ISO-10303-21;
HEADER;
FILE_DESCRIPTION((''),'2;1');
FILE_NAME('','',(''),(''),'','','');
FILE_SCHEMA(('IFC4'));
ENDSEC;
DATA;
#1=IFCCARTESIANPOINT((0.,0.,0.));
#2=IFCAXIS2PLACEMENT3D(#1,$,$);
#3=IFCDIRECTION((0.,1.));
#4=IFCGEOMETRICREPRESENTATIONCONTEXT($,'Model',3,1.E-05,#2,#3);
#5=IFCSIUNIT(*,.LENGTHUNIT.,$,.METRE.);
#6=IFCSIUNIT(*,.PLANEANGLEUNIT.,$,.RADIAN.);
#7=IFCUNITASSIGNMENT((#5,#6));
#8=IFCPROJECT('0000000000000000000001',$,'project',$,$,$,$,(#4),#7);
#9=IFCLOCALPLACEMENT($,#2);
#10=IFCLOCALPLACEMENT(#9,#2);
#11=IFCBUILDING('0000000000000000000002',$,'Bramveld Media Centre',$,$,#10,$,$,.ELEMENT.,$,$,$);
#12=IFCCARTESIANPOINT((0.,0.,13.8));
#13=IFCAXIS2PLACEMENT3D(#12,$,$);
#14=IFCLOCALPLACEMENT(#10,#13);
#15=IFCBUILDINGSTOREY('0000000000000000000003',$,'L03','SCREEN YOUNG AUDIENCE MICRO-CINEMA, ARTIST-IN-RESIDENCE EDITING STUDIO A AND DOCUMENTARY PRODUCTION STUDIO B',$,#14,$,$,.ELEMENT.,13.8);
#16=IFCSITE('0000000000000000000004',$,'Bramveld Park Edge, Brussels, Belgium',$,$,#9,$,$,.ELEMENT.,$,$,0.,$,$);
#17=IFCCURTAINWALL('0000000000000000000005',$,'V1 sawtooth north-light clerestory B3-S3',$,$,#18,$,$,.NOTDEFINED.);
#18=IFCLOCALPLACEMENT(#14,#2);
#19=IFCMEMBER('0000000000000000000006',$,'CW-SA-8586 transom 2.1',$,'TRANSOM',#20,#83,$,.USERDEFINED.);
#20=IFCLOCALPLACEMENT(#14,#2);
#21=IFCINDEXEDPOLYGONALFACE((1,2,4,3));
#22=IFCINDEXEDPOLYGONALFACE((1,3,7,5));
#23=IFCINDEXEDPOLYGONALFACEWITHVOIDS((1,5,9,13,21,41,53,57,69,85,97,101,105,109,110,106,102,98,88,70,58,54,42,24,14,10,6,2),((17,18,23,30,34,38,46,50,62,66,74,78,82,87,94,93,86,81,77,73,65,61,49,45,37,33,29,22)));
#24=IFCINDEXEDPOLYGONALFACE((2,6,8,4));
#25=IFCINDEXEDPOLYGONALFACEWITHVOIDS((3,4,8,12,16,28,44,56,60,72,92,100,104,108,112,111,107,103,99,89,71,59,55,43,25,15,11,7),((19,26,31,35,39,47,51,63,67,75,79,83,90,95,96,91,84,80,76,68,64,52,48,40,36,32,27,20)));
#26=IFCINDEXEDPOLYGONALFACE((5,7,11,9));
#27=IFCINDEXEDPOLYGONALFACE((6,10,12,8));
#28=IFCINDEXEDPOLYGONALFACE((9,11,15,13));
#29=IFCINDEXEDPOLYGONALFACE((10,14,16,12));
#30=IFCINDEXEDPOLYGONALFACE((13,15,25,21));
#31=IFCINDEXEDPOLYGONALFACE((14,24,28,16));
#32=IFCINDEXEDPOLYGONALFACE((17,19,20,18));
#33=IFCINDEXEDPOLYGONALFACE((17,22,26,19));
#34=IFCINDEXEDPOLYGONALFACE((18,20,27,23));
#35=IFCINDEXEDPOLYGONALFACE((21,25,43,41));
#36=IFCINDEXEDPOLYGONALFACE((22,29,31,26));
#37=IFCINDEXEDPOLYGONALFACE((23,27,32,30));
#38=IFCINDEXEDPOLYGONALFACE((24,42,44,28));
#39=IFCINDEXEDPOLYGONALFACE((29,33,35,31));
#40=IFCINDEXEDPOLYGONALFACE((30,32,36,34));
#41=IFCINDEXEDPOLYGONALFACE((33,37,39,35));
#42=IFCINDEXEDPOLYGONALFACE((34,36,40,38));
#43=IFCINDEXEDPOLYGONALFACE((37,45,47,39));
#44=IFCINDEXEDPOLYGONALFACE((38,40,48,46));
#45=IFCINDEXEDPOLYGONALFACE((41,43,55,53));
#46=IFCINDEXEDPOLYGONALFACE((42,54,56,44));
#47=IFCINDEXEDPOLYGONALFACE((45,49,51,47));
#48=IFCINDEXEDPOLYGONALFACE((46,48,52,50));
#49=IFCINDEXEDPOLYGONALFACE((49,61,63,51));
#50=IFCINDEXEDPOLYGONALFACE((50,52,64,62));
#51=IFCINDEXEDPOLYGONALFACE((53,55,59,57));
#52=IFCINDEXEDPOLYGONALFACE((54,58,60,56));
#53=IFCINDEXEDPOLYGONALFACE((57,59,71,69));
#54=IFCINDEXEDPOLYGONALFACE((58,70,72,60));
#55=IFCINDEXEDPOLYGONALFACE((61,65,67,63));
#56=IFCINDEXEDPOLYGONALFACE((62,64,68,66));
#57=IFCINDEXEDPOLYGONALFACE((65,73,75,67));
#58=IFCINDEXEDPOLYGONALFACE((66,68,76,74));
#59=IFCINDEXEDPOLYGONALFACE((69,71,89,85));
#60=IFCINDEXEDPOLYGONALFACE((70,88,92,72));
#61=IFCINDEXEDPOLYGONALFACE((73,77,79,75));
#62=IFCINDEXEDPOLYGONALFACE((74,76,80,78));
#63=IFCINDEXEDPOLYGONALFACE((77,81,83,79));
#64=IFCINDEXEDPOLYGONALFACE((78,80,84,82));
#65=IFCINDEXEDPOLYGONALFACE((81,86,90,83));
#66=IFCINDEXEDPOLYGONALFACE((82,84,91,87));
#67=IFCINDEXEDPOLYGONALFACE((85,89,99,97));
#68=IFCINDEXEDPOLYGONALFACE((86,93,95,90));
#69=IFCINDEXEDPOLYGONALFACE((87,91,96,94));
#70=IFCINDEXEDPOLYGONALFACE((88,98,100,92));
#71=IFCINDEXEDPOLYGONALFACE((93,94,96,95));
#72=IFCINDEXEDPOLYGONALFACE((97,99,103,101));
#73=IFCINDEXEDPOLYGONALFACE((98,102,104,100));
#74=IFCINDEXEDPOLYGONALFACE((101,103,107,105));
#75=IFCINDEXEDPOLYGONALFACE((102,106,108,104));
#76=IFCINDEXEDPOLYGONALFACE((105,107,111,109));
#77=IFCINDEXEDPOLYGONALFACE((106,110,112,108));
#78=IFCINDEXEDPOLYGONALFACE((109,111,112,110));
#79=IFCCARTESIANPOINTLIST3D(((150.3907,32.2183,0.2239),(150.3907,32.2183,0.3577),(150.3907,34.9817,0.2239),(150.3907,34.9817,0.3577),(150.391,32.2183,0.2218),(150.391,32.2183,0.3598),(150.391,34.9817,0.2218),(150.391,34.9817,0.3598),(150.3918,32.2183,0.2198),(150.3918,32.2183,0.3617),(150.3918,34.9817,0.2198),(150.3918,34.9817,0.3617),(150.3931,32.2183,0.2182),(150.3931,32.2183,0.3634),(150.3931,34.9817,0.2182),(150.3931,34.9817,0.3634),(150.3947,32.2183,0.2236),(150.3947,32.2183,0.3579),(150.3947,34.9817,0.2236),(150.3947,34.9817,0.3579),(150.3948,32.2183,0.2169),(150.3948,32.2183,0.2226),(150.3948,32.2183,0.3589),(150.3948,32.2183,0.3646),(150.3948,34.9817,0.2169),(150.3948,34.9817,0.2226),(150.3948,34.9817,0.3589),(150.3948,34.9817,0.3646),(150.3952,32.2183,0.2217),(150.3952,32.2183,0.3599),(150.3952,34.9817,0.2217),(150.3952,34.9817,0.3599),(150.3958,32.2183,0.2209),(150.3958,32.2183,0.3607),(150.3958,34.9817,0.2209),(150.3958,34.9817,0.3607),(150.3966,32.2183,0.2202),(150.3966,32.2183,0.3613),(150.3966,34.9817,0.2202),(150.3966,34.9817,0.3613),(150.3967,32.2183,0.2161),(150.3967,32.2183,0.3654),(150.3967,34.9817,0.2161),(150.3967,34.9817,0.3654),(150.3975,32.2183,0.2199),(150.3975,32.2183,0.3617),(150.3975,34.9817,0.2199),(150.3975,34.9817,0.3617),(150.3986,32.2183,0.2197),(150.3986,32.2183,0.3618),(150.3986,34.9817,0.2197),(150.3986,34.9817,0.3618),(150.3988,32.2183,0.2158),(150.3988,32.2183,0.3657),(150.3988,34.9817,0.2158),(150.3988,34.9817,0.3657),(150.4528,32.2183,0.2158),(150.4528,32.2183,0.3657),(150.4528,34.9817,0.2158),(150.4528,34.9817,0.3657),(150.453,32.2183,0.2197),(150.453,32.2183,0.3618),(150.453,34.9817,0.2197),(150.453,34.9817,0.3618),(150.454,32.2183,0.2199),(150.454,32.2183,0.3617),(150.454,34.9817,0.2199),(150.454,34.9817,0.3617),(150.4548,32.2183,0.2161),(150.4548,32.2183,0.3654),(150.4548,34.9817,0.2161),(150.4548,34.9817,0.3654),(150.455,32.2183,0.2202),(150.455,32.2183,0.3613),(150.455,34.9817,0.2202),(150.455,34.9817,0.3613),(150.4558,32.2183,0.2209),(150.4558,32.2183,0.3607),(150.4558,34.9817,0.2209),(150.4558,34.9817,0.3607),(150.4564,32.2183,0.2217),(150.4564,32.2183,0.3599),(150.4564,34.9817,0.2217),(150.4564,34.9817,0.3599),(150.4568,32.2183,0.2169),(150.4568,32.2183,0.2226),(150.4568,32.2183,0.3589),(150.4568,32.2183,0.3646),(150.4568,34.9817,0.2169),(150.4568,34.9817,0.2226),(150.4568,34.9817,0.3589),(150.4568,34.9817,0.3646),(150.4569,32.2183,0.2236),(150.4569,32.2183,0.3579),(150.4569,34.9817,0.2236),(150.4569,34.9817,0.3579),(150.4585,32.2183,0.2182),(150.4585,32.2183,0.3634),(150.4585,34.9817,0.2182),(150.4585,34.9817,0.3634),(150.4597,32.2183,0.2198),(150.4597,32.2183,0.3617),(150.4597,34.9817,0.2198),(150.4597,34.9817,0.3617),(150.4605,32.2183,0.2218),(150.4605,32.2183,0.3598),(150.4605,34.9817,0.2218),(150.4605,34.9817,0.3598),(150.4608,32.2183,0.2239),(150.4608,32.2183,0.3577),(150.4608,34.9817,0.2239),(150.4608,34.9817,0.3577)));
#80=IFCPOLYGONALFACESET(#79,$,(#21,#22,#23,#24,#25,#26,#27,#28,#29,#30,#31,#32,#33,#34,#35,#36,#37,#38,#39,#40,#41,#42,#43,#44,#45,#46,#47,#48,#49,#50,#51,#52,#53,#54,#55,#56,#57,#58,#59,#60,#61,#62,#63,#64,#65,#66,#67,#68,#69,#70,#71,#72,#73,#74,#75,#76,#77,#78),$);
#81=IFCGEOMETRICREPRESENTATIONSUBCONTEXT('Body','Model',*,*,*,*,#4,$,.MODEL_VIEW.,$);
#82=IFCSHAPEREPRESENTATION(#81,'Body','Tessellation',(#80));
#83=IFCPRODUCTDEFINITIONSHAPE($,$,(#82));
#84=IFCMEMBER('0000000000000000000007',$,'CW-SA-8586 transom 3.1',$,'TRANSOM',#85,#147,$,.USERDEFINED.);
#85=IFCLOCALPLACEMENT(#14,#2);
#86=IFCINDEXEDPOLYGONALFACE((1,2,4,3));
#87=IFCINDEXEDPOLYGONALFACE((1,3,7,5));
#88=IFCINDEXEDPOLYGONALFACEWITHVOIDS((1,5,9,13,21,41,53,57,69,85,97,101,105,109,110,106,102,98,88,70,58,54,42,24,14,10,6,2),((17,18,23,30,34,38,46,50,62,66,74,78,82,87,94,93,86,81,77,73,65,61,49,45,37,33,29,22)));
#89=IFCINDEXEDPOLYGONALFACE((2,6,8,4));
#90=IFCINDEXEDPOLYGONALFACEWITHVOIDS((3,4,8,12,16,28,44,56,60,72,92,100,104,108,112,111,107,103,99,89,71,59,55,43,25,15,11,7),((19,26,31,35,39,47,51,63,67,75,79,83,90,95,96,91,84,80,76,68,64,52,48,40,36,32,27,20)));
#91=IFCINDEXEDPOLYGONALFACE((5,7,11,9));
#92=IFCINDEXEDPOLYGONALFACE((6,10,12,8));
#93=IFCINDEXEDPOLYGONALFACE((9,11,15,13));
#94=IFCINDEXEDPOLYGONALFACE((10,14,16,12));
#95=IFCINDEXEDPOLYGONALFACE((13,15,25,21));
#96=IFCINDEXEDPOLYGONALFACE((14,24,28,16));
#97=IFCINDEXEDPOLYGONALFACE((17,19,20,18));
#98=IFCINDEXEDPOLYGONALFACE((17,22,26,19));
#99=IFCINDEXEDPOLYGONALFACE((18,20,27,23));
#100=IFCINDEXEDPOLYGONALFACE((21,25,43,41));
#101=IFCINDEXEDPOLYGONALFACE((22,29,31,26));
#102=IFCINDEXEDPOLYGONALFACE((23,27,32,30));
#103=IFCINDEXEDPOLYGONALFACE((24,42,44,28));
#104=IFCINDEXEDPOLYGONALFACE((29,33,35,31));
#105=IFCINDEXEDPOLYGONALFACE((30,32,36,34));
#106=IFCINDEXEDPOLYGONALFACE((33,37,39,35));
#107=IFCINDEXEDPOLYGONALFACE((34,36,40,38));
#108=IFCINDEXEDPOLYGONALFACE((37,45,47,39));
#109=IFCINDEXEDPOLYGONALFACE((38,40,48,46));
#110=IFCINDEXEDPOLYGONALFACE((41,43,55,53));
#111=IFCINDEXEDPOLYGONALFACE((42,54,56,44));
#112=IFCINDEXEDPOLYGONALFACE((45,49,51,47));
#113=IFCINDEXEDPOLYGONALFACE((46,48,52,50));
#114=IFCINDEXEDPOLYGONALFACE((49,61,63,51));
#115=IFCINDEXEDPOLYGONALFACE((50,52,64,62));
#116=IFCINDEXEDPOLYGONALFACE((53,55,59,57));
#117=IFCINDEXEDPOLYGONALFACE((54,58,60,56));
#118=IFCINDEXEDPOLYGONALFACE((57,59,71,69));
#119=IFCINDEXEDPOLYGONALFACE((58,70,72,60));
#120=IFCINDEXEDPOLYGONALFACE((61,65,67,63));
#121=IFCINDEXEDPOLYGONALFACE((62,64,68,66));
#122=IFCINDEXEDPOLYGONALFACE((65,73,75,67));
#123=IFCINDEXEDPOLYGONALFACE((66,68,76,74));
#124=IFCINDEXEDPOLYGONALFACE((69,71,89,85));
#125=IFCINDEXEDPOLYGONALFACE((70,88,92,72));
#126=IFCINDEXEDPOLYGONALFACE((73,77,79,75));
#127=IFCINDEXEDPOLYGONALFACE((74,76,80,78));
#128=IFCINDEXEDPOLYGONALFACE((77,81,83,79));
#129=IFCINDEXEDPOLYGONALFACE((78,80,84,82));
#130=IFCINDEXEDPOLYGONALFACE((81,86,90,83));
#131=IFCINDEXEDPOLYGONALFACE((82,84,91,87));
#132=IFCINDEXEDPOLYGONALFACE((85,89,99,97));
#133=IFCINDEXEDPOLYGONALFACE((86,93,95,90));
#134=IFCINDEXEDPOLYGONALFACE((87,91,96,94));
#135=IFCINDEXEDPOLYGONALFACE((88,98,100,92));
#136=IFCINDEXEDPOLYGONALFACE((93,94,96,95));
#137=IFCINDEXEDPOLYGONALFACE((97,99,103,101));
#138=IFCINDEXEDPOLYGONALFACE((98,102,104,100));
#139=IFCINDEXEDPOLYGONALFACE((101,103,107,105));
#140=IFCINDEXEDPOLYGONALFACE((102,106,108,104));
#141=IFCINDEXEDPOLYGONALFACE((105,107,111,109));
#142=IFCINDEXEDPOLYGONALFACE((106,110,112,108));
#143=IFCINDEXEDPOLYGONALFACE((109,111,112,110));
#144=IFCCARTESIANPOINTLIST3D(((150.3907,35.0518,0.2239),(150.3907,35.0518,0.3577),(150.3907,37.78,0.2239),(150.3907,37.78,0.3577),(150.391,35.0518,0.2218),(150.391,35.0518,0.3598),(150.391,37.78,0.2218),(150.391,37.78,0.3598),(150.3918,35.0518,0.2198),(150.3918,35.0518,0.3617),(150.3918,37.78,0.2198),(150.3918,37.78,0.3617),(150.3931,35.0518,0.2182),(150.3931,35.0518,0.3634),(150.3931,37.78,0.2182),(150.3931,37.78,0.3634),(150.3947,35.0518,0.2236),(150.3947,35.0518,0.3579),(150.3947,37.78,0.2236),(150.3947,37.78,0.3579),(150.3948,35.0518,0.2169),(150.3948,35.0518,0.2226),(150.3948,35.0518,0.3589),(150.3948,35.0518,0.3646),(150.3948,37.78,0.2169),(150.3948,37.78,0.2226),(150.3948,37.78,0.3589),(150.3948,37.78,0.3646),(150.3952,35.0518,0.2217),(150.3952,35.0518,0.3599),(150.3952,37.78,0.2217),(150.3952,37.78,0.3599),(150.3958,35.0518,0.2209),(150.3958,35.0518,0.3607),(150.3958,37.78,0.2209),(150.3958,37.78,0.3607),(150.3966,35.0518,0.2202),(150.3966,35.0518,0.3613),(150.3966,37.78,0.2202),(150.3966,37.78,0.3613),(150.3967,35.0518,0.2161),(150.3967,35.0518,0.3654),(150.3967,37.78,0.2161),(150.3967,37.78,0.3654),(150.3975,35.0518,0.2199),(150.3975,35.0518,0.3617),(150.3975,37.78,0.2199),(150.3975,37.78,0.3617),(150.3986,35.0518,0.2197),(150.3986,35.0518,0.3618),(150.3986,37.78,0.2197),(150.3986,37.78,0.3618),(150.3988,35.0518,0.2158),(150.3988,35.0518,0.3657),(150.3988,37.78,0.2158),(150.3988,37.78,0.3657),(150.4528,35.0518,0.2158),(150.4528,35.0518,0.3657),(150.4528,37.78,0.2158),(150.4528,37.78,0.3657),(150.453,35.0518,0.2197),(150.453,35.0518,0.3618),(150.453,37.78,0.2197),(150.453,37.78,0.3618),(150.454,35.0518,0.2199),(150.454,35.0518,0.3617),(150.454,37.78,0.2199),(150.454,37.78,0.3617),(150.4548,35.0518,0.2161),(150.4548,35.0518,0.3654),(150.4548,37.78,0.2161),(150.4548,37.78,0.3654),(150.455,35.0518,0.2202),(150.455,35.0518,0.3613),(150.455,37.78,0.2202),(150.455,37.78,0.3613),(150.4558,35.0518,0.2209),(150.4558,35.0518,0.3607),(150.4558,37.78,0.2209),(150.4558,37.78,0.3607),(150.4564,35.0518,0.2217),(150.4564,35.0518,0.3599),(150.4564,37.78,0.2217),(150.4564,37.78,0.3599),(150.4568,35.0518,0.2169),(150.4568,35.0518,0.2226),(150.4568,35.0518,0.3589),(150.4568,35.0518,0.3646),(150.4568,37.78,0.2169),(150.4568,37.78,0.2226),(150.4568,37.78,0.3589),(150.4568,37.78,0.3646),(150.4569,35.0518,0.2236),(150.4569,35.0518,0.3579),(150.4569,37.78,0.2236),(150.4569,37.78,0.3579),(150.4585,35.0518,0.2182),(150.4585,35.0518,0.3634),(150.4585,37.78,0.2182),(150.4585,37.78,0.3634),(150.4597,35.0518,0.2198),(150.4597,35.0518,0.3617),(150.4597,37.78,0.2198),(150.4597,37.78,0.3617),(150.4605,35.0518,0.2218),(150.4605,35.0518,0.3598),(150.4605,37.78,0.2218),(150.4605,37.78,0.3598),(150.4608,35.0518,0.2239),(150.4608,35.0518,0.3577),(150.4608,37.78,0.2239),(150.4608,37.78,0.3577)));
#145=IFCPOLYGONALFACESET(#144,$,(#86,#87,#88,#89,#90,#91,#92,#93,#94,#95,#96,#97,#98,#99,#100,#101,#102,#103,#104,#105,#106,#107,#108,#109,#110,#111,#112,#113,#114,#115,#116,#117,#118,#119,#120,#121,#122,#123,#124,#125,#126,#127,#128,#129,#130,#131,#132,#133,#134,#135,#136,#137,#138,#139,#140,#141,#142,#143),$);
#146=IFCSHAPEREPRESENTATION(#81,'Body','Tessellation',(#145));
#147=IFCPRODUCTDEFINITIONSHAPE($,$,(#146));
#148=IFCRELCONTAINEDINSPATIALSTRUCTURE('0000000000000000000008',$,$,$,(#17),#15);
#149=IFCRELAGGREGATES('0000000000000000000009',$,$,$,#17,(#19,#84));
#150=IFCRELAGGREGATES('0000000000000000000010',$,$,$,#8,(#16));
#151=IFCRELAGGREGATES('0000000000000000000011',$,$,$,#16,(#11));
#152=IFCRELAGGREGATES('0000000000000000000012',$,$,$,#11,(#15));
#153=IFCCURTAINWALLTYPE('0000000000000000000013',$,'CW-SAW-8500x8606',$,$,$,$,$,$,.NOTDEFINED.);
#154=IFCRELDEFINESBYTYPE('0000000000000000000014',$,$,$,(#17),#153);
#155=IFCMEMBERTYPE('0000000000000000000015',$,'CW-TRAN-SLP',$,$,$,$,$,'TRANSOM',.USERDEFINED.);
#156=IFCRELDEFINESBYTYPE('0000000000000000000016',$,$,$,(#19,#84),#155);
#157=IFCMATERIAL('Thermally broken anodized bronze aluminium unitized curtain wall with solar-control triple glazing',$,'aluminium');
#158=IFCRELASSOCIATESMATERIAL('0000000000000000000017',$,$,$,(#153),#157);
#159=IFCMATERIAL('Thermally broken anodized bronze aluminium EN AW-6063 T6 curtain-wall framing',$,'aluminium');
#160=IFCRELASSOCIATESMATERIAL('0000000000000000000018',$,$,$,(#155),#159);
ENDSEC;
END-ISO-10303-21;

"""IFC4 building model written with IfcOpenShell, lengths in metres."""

from ifc_helpers import new_model, si_unit, direction, frame, origin, origin_2d, place, context, subcontext, project, spatial, hollow_rectangle, extrude, material, material_profile, profile_set, type_object, element, aggregate, save


model = new_model("IFC4")

# Units and contexts
model_context = context("Model", 3, precision=1e-05, world=origin(), true_north=direction((0.0, 1.0)))
body_context = subcontext(model_context, "Body", "Model", "MODEL_VIEW")
ifc_project = project(units=[si_unit("LENGTHUNIT", "METRE"), si_unit("PLANEANGLEUNIT", "RADIAN")], contexts=[model_context])

# Site, building, storey
site_placement = place(None, origin())
site = spatial("IfcSite", under=ifc_project, at=site_placement, Name="Bramveld Park Edge, Brussels, Belgium", CompositionType="ELEMENT", RefElevation=0.0)
building_placement = place(site_placement, origin())
building = spatial("IfcBuilding", under=site, at=building_placement, Name="Bramveld Media Centre", CompositionType="ELEMENT")
storey_placement = place(building_placement, frame((0.0, 0.0, 13.8)))
storey = spatial("IfcBuildingStorey", under=building, at=storey_placement, Name="L03", Description="SCREEN YOUNG AUDIENCE MICRO-CINEMA, ARTIST-IN-RESIDENCE EDITING STUDIO A AND DOCUMENTARY PRODUCTION STUDIO B", CompositionType="ELEMENT", Elevation=13.8)

# Curtain wall
ifc_material_1 = material(Name="Thermally broken anodized bronze aluminium unitized curtain wall with solar-control triple glazing", Category="aluminium")
curtain_wall_type_1 = type_object("IfcCurtainWallType", Name="CW-SAW-8500x8606", PredefinedType="NOTDEFINED", material=ifc_material_1)
curtain_wall_1_placement = place(storey_placement, origin())
curtain_wall_1 = element("IfcCurtainWall", 1, at=curtain_wall_1_placement, inside=storey, type_object=curtain_wall_type_1, Name="V1 sawtooth north-light clerestory B3-S3", PredefinedType="NOTDEFINED")

# Members
ifc_material_2 = material(Name="Thermally broken anodized bronze aluminium EN AW-6063 T6 curtain-wall framing", Category="aluminium")
ifc_material_profile_1 = material_profile(ifc_material_2, hollow_rectangle(XDim=0.0701, YDim=0.1499, WallThickness=0.0039, InnerFilletRadius=0.0039, OuterFilletRadius=0.0081, at=origin_2d()), Name="AL-TRAN 70x150")
ifc_profile_set_1 = profile_set([ifc_material_profile_1], Name="Thermally broken anodized bronze aluminium EN AW-6063 T6 curtain-wall framing")
member_type_1 = type_object("IfcMemberType", Name="CW-TRAN-SLP", ElementType="TRANSOM", PredefinedType="USERDEFINED", material=ifc_profile_set_1)
member_1_placement = place(storey_placement, frame((150.4258, 32.2183, 0.2908), z_axis=(0.0, 1.0, 0.0), x_axis=(-1.0, 0.0, 0.0)))
member_1 = element("IfcMember", 2, at=member_1_placement, type_object=member_type_1, Name="CW-SA-8586 transom 2.1", ObjectType="TRANSOM", PredefinedType="USERDEFINED", context=body_context, shape_type="SweptSolid", body=[
    extrude(hollow_rectangle(XDim=0.0701, YDim=0.1499, WallThickness=0.0039, InnerFilletRadius=0.0039, OuterFilletRadius=0.0081, at=origin_2d()), origin(), (0.0, 0.0, 1.0), 2.7634),
])
member_2_placement = place(storey_placement, frame((150.4258, 35.0518, 0.2908), z_axis=(0.0, 1.0, 0.0), x_axis=(-1.0, 0.0, 0.0)))
member_2 = element("IfcMember", 3, at=member_2_placement, type_object=member_type_1, Name="CW-SA-8586 transom 3.1", ObjectType="TRANSOM", PredefinedType="USERDEFINED", context=body_context, shape_type="SweptSolid", body=[
    extrude(hollow_rectangle(XDim=0.0701, YDim=0.1499, WallThickness=0.0039, InnerFilletRadius=0.0039, OuterFilletRadius=0.0081, at=origin_2d()), origin(), (0.0, 0.0, 1.0), 2.7283),
])

aggregate(curtain_wall_1, [member_1, member_2])

save(model, "model.ifc")
